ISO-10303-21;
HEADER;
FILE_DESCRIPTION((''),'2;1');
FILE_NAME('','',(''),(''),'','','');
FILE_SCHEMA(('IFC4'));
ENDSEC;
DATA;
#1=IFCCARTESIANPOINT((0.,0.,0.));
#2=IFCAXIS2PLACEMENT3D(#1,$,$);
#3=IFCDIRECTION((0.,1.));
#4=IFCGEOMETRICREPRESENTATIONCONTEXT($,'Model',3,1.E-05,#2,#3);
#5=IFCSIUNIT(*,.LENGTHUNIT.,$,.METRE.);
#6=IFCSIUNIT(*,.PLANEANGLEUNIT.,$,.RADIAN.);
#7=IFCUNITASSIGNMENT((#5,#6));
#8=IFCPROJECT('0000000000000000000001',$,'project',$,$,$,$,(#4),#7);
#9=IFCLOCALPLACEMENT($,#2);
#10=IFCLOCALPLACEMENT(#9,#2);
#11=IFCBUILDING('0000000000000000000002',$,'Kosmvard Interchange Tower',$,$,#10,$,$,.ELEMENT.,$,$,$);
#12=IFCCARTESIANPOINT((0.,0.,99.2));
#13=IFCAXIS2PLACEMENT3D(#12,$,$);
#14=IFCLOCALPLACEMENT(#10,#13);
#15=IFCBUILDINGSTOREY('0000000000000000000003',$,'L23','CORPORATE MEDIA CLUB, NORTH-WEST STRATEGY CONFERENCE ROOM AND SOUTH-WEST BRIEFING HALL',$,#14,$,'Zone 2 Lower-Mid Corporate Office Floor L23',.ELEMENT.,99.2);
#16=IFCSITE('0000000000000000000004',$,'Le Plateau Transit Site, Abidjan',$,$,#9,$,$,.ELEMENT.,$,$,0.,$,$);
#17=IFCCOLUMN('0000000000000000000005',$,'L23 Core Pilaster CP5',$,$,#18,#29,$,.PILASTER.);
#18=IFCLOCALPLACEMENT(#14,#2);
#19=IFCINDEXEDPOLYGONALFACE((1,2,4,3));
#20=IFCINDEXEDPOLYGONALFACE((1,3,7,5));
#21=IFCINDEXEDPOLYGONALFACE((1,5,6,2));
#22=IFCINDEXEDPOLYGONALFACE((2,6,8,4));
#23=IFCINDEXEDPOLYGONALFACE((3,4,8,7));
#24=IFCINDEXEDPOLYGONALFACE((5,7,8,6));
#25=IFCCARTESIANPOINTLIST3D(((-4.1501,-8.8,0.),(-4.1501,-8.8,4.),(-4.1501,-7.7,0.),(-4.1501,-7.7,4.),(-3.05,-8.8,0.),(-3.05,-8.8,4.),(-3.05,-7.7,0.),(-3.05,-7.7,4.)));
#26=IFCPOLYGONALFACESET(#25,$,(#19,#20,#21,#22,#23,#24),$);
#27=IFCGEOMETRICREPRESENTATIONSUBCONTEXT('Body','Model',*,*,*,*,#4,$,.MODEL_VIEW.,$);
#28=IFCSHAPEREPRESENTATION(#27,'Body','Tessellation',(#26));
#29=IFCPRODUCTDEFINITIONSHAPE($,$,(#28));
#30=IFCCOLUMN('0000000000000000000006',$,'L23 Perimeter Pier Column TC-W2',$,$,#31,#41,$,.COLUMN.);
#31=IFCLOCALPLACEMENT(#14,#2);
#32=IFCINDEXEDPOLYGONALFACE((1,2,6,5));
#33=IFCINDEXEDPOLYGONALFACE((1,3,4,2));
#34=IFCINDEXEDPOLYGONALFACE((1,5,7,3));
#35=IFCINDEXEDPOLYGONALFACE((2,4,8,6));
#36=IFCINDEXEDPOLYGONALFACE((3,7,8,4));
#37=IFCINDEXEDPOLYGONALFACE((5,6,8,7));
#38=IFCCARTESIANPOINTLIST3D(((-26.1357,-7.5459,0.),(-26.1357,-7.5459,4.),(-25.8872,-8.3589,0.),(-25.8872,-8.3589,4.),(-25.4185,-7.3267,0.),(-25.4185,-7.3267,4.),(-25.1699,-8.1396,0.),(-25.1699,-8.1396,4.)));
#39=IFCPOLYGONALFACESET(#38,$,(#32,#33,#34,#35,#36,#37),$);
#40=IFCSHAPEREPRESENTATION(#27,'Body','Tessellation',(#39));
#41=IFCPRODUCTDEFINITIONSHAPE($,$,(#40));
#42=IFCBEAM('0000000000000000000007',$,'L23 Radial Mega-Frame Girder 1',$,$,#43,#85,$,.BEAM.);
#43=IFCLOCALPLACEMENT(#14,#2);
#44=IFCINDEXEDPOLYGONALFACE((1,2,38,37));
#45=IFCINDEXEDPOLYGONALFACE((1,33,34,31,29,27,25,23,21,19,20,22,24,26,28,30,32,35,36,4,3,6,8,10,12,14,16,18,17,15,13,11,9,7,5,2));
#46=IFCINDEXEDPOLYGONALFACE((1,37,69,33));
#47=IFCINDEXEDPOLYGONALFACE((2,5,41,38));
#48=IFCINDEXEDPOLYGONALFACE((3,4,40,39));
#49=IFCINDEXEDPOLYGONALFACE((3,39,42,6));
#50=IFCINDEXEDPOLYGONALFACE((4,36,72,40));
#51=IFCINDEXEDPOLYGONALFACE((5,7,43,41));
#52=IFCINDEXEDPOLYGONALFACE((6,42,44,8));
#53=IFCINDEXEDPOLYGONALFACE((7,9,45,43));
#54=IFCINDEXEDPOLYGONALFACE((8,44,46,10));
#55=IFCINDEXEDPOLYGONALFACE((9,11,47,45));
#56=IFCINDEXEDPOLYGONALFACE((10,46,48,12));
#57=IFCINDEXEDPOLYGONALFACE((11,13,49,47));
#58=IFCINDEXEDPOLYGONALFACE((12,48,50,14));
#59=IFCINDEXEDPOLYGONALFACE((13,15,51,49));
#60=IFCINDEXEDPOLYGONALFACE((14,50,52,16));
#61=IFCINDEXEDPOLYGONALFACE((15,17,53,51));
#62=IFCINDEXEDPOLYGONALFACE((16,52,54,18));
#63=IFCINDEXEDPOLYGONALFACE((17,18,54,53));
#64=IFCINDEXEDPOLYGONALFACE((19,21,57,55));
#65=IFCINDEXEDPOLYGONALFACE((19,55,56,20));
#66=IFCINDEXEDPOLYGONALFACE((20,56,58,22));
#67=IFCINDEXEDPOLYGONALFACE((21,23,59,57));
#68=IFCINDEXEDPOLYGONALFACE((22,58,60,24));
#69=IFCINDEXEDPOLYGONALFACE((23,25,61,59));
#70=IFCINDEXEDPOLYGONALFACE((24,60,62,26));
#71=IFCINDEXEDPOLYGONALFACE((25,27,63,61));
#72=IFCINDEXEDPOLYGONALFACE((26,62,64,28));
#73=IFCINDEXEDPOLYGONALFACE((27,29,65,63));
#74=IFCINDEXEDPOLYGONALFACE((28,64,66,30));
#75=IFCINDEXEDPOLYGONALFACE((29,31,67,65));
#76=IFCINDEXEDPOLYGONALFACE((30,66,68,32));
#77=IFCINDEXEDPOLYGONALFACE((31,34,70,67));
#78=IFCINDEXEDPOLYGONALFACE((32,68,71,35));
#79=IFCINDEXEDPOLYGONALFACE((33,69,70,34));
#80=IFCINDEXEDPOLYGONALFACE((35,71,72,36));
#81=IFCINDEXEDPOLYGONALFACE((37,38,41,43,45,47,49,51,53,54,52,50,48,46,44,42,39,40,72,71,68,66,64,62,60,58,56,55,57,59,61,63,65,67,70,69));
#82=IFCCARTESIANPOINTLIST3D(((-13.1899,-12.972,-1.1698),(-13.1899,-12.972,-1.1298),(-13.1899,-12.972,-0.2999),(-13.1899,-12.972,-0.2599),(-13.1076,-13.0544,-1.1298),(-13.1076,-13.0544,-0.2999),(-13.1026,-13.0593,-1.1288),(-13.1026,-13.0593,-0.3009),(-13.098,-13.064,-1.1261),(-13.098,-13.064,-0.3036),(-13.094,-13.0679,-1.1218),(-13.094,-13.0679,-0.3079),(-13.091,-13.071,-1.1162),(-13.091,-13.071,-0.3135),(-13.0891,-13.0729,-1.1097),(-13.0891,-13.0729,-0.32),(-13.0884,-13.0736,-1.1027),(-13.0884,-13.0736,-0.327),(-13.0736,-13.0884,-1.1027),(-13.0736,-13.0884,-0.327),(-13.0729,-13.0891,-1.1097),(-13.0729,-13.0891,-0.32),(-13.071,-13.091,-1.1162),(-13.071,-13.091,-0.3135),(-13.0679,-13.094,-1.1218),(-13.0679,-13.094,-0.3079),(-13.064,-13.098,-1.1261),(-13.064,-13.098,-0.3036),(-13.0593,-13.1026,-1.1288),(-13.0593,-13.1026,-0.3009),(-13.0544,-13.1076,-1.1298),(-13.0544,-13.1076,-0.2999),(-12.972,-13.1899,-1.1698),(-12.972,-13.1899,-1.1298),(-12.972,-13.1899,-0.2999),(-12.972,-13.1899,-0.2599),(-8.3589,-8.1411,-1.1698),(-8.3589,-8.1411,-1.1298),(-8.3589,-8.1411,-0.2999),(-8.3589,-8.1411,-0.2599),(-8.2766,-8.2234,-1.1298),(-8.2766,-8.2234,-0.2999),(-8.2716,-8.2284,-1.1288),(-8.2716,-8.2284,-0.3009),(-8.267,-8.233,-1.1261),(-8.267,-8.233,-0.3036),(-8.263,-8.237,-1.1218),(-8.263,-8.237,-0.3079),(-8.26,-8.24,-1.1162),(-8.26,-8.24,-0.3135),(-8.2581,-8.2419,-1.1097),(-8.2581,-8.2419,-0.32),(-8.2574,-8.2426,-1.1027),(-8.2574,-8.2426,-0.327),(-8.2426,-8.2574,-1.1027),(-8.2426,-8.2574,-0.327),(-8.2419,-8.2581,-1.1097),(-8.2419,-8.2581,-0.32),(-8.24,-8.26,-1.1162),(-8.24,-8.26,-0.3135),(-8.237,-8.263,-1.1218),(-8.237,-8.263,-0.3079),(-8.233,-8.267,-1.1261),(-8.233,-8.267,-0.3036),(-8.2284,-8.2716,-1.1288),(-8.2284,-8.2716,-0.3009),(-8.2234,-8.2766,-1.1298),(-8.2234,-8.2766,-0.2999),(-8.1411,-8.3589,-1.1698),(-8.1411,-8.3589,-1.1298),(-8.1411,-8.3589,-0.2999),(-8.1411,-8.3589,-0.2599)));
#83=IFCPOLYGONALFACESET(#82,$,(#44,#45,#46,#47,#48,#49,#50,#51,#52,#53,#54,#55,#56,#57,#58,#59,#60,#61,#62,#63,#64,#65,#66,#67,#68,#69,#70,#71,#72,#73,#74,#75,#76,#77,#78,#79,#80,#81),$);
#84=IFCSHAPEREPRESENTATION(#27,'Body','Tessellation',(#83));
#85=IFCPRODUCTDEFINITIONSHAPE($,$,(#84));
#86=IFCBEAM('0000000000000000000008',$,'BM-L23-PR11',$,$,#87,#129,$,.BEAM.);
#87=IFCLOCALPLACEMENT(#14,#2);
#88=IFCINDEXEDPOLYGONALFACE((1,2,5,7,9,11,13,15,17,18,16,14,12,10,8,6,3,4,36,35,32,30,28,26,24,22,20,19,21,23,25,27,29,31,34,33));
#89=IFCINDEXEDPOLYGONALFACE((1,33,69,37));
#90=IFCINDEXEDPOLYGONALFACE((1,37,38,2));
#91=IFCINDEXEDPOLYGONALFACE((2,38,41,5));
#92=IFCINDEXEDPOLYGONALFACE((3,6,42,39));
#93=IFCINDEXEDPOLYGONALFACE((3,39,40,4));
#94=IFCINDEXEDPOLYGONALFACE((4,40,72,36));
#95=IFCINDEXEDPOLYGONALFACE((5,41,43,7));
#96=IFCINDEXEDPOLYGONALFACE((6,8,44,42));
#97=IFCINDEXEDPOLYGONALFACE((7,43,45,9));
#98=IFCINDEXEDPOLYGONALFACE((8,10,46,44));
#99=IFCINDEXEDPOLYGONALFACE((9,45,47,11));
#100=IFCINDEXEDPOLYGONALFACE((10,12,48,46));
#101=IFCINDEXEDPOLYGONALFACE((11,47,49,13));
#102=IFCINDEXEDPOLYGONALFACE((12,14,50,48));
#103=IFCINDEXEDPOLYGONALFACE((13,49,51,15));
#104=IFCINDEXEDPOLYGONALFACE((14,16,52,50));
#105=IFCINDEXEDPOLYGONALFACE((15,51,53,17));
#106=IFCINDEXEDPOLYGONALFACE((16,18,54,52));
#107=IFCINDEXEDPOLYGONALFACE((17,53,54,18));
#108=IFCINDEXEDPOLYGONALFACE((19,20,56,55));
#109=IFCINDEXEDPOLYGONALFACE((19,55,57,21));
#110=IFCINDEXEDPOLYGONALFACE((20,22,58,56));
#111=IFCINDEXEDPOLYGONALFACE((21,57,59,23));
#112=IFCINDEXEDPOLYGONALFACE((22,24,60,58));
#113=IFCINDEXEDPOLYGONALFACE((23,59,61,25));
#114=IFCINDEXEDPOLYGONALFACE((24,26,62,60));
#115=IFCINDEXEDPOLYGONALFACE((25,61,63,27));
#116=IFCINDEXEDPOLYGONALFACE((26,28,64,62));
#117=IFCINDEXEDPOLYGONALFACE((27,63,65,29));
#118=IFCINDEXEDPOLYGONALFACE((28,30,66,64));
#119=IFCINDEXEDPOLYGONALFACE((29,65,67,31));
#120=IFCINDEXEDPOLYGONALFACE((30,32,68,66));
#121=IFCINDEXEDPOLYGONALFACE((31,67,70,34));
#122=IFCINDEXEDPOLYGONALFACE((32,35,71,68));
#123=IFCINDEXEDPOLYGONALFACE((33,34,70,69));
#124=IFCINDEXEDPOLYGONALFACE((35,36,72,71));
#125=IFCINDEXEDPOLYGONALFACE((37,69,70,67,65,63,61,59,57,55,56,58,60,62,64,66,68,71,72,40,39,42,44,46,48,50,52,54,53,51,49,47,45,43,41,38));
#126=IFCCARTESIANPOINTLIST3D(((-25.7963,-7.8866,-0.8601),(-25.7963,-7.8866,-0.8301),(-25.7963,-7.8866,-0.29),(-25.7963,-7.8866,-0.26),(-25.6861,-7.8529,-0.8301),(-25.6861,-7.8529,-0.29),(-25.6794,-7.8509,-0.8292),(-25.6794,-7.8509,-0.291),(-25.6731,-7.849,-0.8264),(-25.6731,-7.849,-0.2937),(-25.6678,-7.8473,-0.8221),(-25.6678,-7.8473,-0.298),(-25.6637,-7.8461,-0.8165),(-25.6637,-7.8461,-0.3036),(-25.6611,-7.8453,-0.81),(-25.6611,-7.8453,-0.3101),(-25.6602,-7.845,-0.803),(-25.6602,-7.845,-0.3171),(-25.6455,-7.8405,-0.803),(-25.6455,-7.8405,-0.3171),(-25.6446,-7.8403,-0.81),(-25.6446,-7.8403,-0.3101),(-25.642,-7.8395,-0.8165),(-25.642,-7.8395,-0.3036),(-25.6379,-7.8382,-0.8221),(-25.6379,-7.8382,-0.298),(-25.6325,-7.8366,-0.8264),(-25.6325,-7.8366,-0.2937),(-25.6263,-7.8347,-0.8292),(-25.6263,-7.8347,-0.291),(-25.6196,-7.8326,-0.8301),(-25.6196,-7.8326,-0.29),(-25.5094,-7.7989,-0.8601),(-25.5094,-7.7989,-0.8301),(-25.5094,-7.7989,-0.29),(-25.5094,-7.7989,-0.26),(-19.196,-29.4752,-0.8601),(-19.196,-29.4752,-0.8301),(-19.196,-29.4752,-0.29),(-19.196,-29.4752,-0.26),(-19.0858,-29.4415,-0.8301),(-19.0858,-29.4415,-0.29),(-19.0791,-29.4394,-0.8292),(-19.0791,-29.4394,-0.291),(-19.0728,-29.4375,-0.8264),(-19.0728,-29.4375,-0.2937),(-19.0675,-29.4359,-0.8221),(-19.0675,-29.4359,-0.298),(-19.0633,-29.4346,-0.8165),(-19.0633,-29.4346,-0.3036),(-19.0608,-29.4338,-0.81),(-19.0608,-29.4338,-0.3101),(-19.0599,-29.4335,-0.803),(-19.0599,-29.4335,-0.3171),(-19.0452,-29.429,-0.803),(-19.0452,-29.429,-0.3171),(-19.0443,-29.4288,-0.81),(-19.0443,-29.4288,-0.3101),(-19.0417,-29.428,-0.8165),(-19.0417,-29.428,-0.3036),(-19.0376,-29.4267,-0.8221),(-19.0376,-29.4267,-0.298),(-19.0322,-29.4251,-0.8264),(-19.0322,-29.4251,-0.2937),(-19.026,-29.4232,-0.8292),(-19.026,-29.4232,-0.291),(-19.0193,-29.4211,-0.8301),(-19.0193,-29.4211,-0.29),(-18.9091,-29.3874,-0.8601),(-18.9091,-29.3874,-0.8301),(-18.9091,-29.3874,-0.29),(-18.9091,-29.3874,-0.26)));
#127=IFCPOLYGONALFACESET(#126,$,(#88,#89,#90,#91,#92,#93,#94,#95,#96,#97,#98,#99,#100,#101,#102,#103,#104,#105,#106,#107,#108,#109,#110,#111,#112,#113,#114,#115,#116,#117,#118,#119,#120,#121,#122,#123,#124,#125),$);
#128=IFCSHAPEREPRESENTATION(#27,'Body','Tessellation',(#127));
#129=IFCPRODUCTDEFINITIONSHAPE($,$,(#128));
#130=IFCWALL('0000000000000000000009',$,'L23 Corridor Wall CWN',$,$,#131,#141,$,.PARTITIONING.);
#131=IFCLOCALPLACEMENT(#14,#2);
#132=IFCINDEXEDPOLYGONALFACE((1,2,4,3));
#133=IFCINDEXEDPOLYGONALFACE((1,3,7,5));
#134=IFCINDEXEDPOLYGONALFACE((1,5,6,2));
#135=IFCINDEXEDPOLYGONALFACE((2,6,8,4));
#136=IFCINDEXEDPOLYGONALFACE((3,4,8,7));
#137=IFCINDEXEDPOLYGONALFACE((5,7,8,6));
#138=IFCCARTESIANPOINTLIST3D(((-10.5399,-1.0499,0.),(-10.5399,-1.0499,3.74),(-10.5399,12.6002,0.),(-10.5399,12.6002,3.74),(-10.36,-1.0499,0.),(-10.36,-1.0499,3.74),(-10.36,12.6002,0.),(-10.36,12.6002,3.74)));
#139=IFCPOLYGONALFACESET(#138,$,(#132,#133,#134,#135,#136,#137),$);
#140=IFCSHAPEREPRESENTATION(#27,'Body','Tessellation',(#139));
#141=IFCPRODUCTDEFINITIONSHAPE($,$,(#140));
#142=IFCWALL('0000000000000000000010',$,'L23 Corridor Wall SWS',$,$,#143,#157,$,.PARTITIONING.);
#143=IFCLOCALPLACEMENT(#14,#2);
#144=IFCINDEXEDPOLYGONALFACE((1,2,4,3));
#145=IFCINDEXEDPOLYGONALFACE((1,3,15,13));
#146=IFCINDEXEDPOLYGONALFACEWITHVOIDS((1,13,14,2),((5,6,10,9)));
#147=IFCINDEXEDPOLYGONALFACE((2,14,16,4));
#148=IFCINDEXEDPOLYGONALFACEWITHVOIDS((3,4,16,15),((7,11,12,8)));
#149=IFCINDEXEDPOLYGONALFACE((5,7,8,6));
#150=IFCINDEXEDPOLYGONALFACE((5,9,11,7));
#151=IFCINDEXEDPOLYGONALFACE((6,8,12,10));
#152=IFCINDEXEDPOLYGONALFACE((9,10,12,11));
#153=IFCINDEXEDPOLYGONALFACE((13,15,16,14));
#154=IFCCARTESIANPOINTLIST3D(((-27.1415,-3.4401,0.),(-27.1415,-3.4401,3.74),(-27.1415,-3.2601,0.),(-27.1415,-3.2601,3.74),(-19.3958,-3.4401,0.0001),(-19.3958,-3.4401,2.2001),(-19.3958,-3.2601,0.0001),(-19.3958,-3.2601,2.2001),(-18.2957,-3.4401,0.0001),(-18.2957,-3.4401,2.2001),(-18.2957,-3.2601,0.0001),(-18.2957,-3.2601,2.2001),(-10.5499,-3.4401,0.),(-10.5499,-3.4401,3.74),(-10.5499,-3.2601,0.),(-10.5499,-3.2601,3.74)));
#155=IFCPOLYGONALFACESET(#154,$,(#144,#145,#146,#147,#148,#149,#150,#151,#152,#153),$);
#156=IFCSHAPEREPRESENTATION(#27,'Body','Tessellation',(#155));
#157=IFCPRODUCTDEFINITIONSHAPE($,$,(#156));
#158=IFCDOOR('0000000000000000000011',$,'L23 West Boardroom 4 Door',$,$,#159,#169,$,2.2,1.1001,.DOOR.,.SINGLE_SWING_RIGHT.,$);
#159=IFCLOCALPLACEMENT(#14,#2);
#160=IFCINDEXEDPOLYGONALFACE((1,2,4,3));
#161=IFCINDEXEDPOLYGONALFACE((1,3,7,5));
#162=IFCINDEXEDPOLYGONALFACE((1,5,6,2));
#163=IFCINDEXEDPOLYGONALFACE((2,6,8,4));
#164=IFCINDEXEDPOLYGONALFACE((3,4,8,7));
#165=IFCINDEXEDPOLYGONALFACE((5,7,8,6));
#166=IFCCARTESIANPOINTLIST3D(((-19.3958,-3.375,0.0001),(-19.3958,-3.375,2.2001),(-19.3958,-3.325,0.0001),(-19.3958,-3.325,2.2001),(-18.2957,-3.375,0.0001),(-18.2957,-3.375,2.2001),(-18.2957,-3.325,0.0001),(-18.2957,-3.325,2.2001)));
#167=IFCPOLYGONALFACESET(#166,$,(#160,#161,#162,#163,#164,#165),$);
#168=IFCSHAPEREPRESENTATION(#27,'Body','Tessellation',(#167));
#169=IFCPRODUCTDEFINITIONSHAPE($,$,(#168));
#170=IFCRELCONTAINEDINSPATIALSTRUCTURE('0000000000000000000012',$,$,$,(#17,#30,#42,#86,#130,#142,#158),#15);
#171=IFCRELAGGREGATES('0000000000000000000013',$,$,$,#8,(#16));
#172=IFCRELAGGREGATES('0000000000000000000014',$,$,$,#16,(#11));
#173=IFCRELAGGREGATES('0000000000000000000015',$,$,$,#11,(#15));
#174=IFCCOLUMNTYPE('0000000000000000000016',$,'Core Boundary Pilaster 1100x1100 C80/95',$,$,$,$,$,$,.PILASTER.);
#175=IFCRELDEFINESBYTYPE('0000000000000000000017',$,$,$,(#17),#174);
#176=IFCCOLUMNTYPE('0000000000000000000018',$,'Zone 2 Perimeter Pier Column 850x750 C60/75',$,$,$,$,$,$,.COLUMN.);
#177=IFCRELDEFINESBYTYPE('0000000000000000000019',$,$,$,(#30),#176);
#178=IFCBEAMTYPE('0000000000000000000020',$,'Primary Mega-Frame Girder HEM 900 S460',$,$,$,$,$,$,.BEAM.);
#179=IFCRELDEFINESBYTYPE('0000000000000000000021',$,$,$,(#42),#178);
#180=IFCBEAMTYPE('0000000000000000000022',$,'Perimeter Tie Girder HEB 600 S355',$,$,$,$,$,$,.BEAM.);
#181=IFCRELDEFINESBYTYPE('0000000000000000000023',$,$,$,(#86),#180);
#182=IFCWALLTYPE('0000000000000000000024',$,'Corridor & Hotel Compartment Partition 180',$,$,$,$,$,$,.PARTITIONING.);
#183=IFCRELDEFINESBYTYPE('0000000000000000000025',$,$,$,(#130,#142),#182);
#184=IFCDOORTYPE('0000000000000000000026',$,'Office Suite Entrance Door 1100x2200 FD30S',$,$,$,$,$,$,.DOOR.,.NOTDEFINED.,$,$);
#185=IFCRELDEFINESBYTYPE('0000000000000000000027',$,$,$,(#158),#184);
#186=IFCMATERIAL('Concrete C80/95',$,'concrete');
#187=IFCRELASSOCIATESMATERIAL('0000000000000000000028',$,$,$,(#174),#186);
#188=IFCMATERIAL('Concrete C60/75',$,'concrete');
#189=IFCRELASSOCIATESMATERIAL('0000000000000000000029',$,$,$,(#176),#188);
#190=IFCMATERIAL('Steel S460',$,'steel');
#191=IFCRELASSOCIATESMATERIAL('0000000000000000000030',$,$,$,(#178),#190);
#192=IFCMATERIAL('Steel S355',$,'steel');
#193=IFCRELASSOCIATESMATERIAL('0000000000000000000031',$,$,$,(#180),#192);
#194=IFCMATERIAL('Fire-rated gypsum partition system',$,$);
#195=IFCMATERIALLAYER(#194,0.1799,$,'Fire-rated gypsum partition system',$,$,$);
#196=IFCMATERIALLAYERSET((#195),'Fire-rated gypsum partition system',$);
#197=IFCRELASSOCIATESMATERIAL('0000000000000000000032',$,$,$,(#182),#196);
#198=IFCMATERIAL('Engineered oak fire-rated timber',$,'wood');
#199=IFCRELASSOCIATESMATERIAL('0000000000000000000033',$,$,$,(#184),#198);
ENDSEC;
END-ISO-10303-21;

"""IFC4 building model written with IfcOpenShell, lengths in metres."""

from ifc_helpers import new_model, si_unit, direction, frame, frame_2d, origin, origin_2d, place, context, subcontext, project, spatial, rectangle, i_section, extrude, source, transform, mapped, material, layer, layer_set, material_profile, profile_set, type_object, element, fill, save


model = new_model("IFC4")

# Units and contexts
model_context = context("Model", 3, precision=1e-05, world=origin(), true_north=direction((0.0, 1.0)))
body_context = subcontext(model_context, "Body", "Model", "MODEL_VIEW")
ifc_project = project(units=[si_unit("LENGTHUNIT", "METRE"), si_unit("PLANEANGLEUNIT", "RADIAN")], contexts=[model_context])

# Site, building, storey
site_placement = place(None, origin())
site = spatial("IfcSite", under=ifc_project, at=site_placement, Name="Le Plateau Transit Site, Abidjan", CompositionType="ELEMENT", RefElevation=0.0)
building_placement = place(site_placement, origin())
building = spatial("IfcBuilding", under=site, at=building_placement, Name="Kosmvard Interchange Tower", CompositionType="ELEMENT")
storey_placement = place(building_placement, frame((0.0, 0.0, 99.2)))
storey = spatial("IfcBuildingStorey", under=building, at=storey_placement, Name="L23", Description="CORPORATE MEDIA CLUB, NORTH-WEST STRATEGY CONFERENCE ROOM AND SOUTH-WEST BRIEFING HALL", LongName="Zone 2 Lower-Mid Corporate Office Floor L23", CompositionType="ELEMENT", Elevation=99.2)

# Columns
ifc_material_1 = material(Name="Concrete C80/95", Category="concrete")
ifc_material_profile_1 = material_profile(ifc_material_1, rectangle(XDim=1.1001, YDim=1.1001, at=origin_2d()), Name="CP 1100x1100")
ifc_profile_set_1 = profile_set([ifc_material_profile_1], Name="Concrete C80/95")
column_type_1 = type_object("IfcColumnType", Name="Core Boundary Pilaster 1100x1100 C80/95", PredefinedType="PILASTER", material=ifc_profile_set_1)
shared_shape_1 = source(origin(), body_context, "Body", "SweptSolid", [
    extrude(rectangle(XDim=1.1001, YDim=1.1001, at=origin_2d()), origin(), (0.0, 0.0, 1.0), 4.0),
])
column_1_placement = place(storey_placement, frame((-3.6001, -8.25, 0.0), z_axis=(0.0, 0.0, 1.0), x_axis=(1.0, 0.0, 0.0)))
element("IfcColumn", 1, at=column_1_placement, inside=storey, type_object=column_type_1, Name="L23 Core Pilaster CP5", PredefinedType="PILASTER", context=body_context, shape_type="MappedRepresentation", body=[
    mapped(shared_shape_1, transform((0.0, 0.0, 0.0), scale=1.0)),
])
ifc_material_2 = material(Name="Concrete C60/75", Category="concrete")
ifc_material_profile_2 = material_profile(ifc_material_2, rectangle(XDim=0.75, YDim=0.8501, at=origin_2d()), Name="TC 850x750")
ifc_profile_set_2 = profile_set([ifc_material_profile_2], Name="Concrete C60/75")
column_type_2 = type_object("IfcColumnType", Name="Zone 2 Perimeter Pier Column 850x750 C60/75", PredefinedType="COLUMN", material=ifc_profile_set_2)
shared_shape_2 = source(origin(), body_context, "Body", "SweptSolid", [
    extrude(rectangle(XDim=0.75, YDim=0.8501, at=origin_2d()), origin(), (0.0, 0.0, 1.0), 4.0),
])
column_2_placement = place(storey_placement, frame((-25.6528, -7.8428, 0.0), z_axis=(0.0, 0.0, 1.0), x_axis=(0.956305, 0.292372, 0.0)))
element("IfcColumn", 2, at=column_2_placement, inside=storey, type_object=column_type_2, Name="L23 Perimeter Pier Column TC-W2", PredefinedType="COLUMN", context=body_context, shape_type="MappedRepresentation", body=[
    mapped(shared_shape_2, transform((0.0, 0.0, 0.0), scale=1.0)),
])

# Beams
ifc_material_3 = material(Name="Steel S460", Category="steel")
ifc_material_profile_3 = material_profile(ifc_material_3, i_section(OverallWidth=0.3081, OverallDepth=0.9099, WebThickness=0.021, FlangeThickness=0.04, FilletRadius=0.0271, at=origin_2d()), Name="HEM 900")
ifc_profile_set_3 = profile_set([ifc_material_profile_3], Name="Steel S460")
beam_type_1 = type_object("IfcBeamType", Name="Primary Mega-Frame Girder HEM 900 S460", PredefinedType="BEAM", material=ifc_profile_set_3)
shared_shape_3 = source(origin(), body_context, "Body", "SweptSolid", [
    extrude(i_section(OverallWidth=0.3081, OverallDepth=0.9099, WebThickness=0.021, FlangeThickness=0.04, FilletRadius=0.0271, at=origin_2d()), origin(), (0.0, 0.0, 1.0), 6.832),
])
beam_1_placement = place(storey_placement, frame((-8.25, -8.25, -0.7148), z_axis=(-0.707107, -0.707107, 0.0), x_axis=(0.707107, -0.707107, 0.0)))
element("IfcBeam", 3, at=beam_1_placement, inside=storey, type_object=beam_type_1, Name="L23 Radial Mega-Frame Girder 1", PredefinedType="BEAM", context=body_context, shape_type="MappedRepresentation", body=[
    mapped(shared_shape_3, transform((0.0, 0.0, 0.0), scale=1.0)),
])
ifc_material_4 = material(Name="Steel S355", Category="steel")
ifc_material_profile_4 = material_profile(ifc_material_4, i_section(OverallWidth=0.3, OverallDepth=0.6001, WebThickness=0.0154, FlangeThickness=0.03, FilletRadius=0.0271, at=origin_2d()), Name="HEB 600")
ifc_profile_set_4 = profile_set([ifc_material_profile_4], Name="Steel S355")
beam_type_2 = type_object("IfcBeamType", Name="Perimeter Tie Girder HEB 600 S355", PredefinedType="BEAM", material=ifc_profile_set_4)
shared_shape_4 = source(origin(), body_context, "Body", "SweptSolid", [
    extrude(i_section(OverallWidth=0.3, OverallDepth=0.6001, WebThickness=0.0154, FlangeThickness=0.03, FilletRadius=0.0271, at=origin_2d()), origin(), (0.0, 0.0, 1.0), 22.575),
])
beam_2_placement = place(storey_placement, frame((-25.6528, -7.8428, -0.5601), z_axis=(0.292373, -0.956304, 0.0), x_axis=(0.956304, 0.292373, 0.0)))
element("IfcBeam", 4, at=beam_2_placement, inside=storey, type_object=beam_type_2, Name="BM-L23-PR11", PredefinedType="BEAM", context=body_context, shape_type="MappedRepresentation", body=[
    mapped(shared_shape_4, transform((0.0, 0.0, 0.0), scale=1.0)),
])

# Wall
ifc_material_5 = material(Name="Fire-rated gypsum partition system")
ifc_layer_1 = layer(ifc_material_5, 0.1799, Name="Fire-rated gypsum partition system")
ifc_layer_set_1 = layer_set([ifc_layer_1], Name="Fire-rated gypsum partition system")
wall_type_1 = type_object("IfcWallType", Name="Corridor & Hotel Compartment Partition 180", PredefinedType="PARTITIONING", material=ifc_layer_set_1)
wall_1_placement = place(storey_placement, frame((-10.45, -1.05, 0.0), z_axis=(0.0, 0.0, 1.0), x_axis=(0.0, 1.0, 0.0)))
element("IfcWall", 5, at=wall_1_placement, inside=storey, type_object=wall_type_1, Name="L23 Corridor Wall CWN", PredefinedType="PARTITIONING", context=body_context, shape_type="SweptSolid", body=[
    extrude(rectangle(XDim=13.6501, YDim=0.1799, at=frame_2d((6.8252, 0.0))), origin(), (0.0, 0.0, 1.0), 3.74),
])

# Wall, opening, door
wall_2_placement = place(storey_placement, frame((-27.1416, -3.3501, 0.0), z_axis=(0.0, 0.0, 1.0), x_axis=(1.0, 0.0, 0.0)))
wall_2 = element("IfcWall", 6, at=wall_2_placement, inside=storey, type_object=wall_type_1, Name="L23 Corridor Wall SWS", PredefinedType="PARTITIONING", context=body_context, shape_type="SweptSolid", body=[
    extrude(rectangle(XDim=16.5916, YDim=0.1799, at=frame_2d((8.2959, 0.0))), origin(), (0.0, 0.0, 1.0), 3.74),
])
opening_1_placement = place(wall_2_placement, frame((7.7458, 0.0, 0.0)))
opening_1 = element("IfcOpeningElement", 7, at=opening_1_placement, cuts=wall_2, PredefinedType="OPENING", context=body_context, shape_type="SweptSolid", body=[
    extrude(rectangle(XDim=1.1001, YDim=2.2, at=frame_2d((0.55, 1.1001))), frame((0.0, 0.1001, 0.0), z_axis=(0.0, -1.0, 0.0), x_axis=(1.0, 0.0, 0.0)), (0.0, 0.0, 1.0), 0.2),
])
ifc_material_6 = material(Name="Engineered oak fire-rated timber", Category="wood")
door_type_1 = type_object("IfcDoorType", Name="Office Suite Entrance Door 1100x2200 FD30S", OperationType="NOTDEFINED", PredefinedType="DOOR", material=ifc_material_6)
shared_shape_5 = source(origin(), body_context, "Body", "SweptSolid", [
    extrude(rectangle(XDim=1.1001, YDim=2.2, at=frame_2d((0.55, 1.1001))), frame((0.0, 0.0249, 0.0), z_axis=(0.0, -1.0, 0.0), x_axis=(1.0, 0.0, 0.0)), (0.0, 0.0, 1.0), 0.05),
])
door_1_placement = place(opening_1_placement, frame((1.1001, 0.0, 0.0), z_axis=(0.0, 0.0, 1.0), x_axis=(-1.0, 0.0, 0.0)))
door_1 = element("IfcDoor", 8, at=door_1_placement, inside=storey, type_object=door_type_1, Name="L23 West Boardroom 4 Door", OperationType="SINGLE_SWING_RIGHT", OverallHeight=2.2, OverallWidth=1.1001, PredefinedType="DOOR", context=body_context, shape_type="MappedRepresentation", body=[
    mapped(shared_shape_5, transform((0.0, 0.0, 0.0), scale=1.0)),
])
fill(opening_1, door_1)

save(model, "model.ifc")
